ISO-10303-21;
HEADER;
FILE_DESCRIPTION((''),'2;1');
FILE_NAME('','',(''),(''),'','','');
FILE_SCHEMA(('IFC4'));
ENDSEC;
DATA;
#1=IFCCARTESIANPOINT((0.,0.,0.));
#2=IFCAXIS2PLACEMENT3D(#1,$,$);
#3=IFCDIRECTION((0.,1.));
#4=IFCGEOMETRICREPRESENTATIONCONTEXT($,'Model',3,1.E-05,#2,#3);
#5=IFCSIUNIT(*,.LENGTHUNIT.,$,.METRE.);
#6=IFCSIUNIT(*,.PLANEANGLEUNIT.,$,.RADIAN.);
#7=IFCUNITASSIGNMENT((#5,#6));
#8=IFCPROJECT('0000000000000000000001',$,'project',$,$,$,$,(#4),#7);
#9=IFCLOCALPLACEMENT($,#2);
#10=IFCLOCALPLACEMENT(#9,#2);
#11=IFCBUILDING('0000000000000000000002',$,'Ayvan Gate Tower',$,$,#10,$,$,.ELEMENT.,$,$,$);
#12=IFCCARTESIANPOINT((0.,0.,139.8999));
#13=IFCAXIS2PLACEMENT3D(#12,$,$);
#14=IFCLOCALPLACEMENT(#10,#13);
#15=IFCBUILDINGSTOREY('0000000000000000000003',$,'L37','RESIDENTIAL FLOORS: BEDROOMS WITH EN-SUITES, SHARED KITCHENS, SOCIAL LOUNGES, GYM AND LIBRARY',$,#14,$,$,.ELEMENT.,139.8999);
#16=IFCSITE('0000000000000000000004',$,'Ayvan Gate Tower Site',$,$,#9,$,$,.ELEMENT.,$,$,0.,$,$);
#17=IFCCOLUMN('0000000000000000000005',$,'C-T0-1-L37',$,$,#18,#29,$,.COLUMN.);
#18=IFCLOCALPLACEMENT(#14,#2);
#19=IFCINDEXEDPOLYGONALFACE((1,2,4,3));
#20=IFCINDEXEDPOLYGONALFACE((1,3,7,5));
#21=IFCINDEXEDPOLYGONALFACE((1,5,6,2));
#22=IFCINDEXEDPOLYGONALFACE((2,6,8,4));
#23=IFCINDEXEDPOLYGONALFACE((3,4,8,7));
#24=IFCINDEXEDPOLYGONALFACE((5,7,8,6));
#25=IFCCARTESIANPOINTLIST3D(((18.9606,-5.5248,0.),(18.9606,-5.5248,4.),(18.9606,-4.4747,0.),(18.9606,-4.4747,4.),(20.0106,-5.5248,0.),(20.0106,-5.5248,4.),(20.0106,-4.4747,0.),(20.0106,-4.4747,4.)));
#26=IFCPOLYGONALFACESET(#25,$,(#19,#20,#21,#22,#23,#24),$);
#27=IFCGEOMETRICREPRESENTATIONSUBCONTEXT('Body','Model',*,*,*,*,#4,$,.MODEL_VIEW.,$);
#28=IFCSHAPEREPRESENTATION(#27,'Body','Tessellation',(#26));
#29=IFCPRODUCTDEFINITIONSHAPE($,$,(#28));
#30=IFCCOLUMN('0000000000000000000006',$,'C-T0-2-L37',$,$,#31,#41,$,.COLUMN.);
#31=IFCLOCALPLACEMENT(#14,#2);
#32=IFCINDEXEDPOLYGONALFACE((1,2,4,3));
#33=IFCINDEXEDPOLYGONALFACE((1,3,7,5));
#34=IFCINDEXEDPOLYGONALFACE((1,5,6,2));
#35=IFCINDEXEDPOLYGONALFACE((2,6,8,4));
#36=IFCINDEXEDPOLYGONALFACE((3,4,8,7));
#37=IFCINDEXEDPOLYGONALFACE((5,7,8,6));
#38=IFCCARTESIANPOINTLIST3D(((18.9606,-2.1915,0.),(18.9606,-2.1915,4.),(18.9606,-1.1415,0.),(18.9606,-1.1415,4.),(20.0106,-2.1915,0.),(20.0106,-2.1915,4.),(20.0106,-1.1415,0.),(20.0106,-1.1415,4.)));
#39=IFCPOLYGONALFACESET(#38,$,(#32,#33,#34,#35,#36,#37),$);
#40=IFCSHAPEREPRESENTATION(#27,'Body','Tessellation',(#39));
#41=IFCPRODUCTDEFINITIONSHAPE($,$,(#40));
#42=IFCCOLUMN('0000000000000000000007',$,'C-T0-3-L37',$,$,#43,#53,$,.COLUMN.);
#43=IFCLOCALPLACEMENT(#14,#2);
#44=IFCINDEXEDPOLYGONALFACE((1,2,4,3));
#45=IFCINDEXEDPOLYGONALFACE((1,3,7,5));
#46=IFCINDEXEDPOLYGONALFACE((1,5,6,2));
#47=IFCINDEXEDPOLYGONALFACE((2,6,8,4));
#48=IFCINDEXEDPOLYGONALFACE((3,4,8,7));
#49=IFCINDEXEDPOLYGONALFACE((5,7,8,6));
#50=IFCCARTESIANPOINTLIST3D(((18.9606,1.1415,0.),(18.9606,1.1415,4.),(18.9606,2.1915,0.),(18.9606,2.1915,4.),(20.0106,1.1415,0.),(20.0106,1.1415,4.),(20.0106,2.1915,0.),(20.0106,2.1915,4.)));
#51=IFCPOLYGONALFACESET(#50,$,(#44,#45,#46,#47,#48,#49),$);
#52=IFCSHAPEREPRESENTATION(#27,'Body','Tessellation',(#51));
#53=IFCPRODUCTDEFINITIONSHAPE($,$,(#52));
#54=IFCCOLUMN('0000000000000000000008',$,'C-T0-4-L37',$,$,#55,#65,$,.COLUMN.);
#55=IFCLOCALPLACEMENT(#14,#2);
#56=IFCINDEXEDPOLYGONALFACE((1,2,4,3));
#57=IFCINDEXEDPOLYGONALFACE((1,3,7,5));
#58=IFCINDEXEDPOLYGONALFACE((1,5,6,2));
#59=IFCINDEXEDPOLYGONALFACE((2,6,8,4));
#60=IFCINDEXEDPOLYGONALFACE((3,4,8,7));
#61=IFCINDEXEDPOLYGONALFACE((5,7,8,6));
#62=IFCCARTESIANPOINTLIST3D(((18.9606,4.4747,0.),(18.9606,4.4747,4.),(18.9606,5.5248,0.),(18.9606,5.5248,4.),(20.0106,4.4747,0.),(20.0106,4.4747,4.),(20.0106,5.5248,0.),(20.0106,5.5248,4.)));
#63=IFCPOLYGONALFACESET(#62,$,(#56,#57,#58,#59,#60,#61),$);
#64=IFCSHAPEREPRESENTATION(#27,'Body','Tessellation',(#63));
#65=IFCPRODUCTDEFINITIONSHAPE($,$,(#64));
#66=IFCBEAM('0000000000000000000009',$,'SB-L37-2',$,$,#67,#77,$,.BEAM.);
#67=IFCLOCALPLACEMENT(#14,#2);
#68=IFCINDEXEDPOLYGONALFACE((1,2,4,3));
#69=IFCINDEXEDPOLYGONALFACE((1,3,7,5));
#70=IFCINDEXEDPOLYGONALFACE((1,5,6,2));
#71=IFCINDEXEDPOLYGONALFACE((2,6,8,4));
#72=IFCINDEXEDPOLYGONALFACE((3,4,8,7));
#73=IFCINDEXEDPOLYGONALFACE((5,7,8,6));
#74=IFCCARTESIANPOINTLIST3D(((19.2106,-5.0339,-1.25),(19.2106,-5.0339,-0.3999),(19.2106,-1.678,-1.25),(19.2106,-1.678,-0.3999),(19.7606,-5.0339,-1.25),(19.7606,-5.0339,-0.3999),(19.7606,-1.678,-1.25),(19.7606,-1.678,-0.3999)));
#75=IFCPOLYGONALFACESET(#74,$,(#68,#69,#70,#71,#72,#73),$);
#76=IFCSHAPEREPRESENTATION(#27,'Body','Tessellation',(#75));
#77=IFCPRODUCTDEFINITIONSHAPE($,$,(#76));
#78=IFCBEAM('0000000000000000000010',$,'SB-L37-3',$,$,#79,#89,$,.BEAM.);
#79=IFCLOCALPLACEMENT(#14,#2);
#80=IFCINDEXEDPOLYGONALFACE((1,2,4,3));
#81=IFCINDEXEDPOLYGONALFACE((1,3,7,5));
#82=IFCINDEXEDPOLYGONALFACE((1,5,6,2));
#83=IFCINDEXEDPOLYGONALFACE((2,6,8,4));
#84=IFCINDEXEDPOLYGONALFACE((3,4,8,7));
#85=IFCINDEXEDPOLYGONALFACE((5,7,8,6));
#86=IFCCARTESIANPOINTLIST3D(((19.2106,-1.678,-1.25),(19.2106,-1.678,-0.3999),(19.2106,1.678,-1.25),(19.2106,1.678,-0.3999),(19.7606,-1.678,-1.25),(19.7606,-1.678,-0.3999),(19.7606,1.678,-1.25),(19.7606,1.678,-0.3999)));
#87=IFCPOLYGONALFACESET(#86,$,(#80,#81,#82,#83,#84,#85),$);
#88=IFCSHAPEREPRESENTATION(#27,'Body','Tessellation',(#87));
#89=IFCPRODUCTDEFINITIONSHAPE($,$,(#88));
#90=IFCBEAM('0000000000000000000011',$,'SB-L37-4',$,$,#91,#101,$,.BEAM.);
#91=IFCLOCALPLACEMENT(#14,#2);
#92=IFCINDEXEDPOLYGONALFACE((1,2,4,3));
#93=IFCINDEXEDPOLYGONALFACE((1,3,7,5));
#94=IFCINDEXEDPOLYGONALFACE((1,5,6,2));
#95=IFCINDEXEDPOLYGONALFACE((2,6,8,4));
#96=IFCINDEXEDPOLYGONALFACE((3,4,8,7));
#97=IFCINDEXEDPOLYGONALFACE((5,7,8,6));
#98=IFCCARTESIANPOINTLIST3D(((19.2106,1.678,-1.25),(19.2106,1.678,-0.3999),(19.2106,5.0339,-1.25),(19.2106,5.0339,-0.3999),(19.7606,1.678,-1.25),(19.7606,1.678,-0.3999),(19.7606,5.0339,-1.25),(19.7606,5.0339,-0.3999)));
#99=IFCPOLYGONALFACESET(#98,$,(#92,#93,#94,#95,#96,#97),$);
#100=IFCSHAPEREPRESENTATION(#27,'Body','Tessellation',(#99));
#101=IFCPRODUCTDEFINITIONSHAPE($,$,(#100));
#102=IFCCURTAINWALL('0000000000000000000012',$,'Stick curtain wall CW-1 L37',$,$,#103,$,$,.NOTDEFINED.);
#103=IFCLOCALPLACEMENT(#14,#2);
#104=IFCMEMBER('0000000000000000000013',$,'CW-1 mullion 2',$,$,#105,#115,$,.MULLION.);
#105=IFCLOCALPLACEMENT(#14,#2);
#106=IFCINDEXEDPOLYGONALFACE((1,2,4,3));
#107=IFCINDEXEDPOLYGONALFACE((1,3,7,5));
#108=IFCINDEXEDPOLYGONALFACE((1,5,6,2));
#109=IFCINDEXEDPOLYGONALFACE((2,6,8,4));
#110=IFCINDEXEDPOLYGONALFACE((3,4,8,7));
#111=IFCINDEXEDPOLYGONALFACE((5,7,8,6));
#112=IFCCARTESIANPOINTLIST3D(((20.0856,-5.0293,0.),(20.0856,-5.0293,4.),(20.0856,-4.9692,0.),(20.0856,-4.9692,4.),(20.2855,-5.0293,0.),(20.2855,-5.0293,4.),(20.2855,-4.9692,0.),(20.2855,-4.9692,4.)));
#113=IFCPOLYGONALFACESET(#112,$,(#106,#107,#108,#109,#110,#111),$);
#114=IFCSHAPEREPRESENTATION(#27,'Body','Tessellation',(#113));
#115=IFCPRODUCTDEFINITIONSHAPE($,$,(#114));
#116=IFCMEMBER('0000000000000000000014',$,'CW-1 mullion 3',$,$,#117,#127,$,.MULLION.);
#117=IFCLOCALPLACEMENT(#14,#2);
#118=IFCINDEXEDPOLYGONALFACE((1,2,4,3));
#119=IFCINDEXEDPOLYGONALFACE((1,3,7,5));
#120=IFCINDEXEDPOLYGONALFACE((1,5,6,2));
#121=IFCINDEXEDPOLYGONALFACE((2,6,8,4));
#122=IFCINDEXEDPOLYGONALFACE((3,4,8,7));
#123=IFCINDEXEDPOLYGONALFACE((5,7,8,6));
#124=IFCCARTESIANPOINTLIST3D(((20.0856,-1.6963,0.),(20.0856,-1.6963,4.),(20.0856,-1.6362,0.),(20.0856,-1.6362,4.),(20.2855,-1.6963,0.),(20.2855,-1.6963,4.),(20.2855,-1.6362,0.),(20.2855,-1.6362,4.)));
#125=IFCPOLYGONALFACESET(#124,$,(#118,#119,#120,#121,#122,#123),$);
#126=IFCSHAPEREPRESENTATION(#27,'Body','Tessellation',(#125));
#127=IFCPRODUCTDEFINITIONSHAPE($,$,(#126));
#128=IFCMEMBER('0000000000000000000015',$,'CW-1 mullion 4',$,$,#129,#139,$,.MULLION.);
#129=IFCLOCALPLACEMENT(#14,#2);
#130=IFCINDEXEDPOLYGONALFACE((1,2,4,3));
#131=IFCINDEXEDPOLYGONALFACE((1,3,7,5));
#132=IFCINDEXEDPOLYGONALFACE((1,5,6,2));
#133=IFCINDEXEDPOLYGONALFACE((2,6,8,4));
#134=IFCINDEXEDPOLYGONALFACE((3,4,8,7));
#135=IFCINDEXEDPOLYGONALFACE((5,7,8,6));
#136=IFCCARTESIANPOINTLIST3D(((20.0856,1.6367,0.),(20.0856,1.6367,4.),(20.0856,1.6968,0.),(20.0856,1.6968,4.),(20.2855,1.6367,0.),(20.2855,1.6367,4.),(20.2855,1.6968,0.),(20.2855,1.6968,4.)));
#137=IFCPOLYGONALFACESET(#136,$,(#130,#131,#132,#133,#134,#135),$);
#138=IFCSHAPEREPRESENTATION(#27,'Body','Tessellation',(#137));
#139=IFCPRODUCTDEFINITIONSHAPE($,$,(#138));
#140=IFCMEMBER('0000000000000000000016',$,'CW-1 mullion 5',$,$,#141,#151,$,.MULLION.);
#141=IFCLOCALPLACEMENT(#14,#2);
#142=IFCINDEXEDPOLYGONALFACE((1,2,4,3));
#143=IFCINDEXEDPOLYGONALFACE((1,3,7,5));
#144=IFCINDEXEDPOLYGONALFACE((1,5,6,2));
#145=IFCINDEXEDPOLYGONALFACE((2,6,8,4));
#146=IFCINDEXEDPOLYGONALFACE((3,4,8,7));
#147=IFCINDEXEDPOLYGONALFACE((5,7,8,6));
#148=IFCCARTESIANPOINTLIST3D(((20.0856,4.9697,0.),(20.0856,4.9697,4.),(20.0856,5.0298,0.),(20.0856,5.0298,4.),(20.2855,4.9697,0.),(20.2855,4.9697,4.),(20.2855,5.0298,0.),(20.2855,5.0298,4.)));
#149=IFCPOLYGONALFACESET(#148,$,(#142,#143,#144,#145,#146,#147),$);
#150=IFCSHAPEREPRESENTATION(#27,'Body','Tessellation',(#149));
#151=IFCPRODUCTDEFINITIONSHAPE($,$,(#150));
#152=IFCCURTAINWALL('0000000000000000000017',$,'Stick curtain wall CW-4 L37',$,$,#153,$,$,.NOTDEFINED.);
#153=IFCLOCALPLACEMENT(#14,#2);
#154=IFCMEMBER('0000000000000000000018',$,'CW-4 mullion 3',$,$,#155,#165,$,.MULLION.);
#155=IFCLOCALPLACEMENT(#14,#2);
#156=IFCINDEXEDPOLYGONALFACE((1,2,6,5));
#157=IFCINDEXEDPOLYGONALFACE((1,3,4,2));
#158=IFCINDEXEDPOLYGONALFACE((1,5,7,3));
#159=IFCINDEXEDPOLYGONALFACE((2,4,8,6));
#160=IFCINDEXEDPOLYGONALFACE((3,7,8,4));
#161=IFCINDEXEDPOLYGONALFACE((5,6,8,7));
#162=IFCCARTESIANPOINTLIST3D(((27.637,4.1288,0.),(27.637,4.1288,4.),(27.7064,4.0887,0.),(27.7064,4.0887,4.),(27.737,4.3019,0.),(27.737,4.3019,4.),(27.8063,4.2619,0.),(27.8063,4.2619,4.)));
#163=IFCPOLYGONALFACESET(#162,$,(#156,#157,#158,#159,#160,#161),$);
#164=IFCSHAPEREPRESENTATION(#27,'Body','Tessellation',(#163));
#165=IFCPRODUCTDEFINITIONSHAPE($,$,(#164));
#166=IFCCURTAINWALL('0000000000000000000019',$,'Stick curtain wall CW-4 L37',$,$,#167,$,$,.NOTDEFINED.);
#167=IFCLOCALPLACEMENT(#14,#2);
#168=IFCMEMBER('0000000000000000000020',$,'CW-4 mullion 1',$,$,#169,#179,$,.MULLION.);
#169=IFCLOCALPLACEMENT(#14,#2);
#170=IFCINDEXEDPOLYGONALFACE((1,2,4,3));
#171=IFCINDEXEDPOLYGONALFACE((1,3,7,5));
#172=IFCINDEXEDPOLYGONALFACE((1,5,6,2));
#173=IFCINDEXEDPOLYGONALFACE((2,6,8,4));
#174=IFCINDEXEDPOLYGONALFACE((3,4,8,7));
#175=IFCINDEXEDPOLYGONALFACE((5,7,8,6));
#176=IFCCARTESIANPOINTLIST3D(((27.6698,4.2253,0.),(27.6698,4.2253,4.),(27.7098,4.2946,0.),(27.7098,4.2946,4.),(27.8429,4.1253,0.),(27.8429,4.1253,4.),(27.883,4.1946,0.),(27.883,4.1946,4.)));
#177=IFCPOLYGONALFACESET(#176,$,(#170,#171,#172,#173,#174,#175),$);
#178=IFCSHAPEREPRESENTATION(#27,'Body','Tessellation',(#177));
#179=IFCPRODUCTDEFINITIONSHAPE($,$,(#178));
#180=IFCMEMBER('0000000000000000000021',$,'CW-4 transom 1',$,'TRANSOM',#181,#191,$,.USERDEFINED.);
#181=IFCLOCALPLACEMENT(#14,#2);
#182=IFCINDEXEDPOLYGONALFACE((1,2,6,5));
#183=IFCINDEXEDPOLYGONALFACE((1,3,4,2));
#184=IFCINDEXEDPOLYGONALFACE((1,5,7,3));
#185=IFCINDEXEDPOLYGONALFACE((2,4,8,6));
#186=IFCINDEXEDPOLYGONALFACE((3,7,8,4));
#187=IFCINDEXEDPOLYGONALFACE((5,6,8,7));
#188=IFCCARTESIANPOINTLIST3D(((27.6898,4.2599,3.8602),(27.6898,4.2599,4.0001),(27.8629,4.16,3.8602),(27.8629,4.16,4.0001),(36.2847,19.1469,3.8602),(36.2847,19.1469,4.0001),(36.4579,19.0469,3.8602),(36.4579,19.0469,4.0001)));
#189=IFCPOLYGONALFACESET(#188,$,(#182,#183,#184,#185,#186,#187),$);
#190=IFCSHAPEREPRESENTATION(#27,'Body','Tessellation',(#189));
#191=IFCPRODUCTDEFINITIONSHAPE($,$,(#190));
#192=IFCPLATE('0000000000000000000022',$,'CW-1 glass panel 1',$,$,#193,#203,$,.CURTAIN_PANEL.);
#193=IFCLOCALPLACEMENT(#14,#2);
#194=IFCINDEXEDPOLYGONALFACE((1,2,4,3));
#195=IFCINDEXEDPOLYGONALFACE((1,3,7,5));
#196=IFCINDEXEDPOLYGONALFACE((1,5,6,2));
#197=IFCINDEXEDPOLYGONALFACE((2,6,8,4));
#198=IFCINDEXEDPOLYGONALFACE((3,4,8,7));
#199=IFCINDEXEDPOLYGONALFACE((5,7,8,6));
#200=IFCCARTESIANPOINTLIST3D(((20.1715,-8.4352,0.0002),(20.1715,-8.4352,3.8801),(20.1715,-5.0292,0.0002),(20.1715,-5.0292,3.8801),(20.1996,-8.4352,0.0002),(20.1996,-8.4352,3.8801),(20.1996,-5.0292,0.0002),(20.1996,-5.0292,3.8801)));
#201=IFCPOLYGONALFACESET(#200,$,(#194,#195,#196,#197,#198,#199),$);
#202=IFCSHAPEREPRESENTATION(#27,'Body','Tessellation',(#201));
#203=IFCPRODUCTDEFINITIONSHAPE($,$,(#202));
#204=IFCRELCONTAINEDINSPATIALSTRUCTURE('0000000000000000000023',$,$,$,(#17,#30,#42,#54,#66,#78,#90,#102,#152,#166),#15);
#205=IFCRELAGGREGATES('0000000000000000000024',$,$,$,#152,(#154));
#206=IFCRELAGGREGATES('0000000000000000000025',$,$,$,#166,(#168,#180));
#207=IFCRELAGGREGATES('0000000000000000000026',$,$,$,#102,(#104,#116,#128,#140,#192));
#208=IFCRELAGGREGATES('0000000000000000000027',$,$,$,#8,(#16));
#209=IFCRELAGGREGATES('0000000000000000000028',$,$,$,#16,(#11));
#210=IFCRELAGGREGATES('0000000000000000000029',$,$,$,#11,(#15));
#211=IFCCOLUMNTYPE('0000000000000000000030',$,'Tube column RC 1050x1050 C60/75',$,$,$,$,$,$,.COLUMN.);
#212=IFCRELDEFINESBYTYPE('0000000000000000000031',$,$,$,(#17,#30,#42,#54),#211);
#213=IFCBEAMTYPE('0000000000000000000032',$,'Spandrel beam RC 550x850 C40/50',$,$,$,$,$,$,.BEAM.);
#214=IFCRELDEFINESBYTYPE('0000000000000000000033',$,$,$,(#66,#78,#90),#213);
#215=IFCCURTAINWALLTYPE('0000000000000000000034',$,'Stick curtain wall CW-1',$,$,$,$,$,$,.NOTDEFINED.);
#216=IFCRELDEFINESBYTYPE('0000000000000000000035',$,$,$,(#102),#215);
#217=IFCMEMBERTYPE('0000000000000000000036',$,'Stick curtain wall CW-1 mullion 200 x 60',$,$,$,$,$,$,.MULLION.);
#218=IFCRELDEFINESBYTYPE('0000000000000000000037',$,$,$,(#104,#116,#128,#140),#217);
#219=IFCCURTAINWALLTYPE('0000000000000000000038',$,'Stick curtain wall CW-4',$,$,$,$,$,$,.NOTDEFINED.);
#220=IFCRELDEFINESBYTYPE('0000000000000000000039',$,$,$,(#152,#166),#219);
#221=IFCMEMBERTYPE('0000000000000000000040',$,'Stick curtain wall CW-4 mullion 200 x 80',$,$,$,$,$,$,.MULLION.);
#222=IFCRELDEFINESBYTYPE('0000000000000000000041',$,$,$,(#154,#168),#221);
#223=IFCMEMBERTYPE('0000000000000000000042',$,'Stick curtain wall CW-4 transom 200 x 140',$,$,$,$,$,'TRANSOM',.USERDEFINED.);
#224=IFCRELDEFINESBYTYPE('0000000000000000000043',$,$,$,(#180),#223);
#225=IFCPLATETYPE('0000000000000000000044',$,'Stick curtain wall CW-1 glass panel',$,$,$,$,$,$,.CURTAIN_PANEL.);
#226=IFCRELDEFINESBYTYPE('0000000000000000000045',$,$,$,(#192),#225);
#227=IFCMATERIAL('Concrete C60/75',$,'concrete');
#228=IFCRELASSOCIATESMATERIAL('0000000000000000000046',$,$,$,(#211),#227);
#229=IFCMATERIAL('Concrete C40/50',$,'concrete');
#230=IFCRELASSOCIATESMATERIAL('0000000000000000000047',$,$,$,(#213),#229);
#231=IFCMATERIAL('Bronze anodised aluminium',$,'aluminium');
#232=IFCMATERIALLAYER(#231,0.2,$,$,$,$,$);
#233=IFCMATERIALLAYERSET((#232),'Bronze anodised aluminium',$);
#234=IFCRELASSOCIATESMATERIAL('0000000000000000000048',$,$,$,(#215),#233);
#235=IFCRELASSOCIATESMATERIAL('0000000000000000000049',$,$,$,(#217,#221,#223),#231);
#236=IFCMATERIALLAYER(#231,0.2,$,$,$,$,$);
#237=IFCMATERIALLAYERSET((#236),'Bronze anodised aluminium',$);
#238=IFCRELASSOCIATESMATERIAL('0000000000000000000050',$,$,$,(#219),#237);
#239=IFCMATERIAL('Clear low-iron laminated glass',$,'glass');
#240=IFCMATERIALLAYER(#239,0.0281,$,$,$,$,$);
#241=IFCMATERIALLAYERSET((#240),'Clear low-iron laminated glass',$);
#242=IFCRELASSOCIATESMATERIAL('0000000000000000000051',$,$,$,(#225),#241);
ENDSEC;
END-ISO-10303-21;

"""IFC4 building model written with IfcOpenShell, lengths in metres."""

from ifc_helpers import new_model, si_unit, direction, frame, origin, origin_2d, place, context, subcontext, project, spatial, rectangle, extrude, material, layer, layer_set, material_profile, profile_set, type_object, element, aggregate, save


model = new_model("IFC4")

# Units and contexts
model_context = context("Model", 3, precision=1e-05, world=origin(), true_north=direction((0.0, 1.0)))
body_context = subcontext(model_context, "Body", "Model", "MODEL_VIEW")
ifc_project = project(units=[si_unit("LENGTHUNIT", "METRE"), si_unit("PLANEANGLEUNIT", "RADIAN")], contexts=[model_context])

# Site, building, storey
site_placement = place(None, origin())
site = spatial("IfcSite", under=ifc_project, at=site_placement, Name="Ayvan Gate Tower Site", CompositionType="ELEMENT", RefElevation=0.0)
building_placement = place(site_placement, origin())
building = spatial("IfcBuilding", under=site, at=building_placement, Name="Ayvan Gate Tower", CompositionType="ELEMENT")
storey_placement = place(building_placement, frame((0.0, 0.0, 139.8999)))
storey = spatial("IfcBuildingStorey", under=building, at=storey_placement, Name="L37", Description="RESIDENTIAL FLOORS: BEDROOMS WITH EN-SUITES, SHARED KITCHENS, SOCIAL LOUNGES, GYM AND LIBRARY", CompositionType="ELEMENT", Elevation=139.8999)

# Columns
ifc_material_1 = material(Name="Concrete C60/75", Category="concrete")
ifc_material_profile_1 = material_profile(ifc_material_1, rectangle(XDim=1.05, YDim=1.05, at=origin_2d()), Name="RC 1050x1050")
ifc_profile_set_1 = profile_set([ifc_material_profile_1], Name="Concrete C60/75")
column_type = type_object("IfcColumnType", Name="Tube column RC 1050x1050 C60/75", PredefinedType="COLUMN", material=ifc_profile_set_1)
for number, where, z_axis, x_axis, name in (
    (1, (19.4856, -4.9998, 0.0), (0.0, 0.0, 1.0), (1.0, 0.0, 0.0), "C-T0-1-L37"),
    (2, (19.4856, -1.6665, 0.0), (0.0, 0.0, 1.0), (1.0, 0.0, 0.0), "C-T0-2-L37"),
    (3, (19.4856, 1.6665, 0.0), (0.0, 0.0, 1.0), (1.0, 0.0, 0.0), "C-T0-3-L37"),
    (4, (19.4856, 4.9998, 0.0), (0.0, 0.0, 1.0), (1.0, 0.0, 0.0), "C-T0-4-L37"),
):
    element("IfcColumn", number, at=place(storey_placement, frame(where, z_axis=z_axis, x_axis=x_axis)), inside=storey, type_object=column_type, Name=name, PredefinedType="COLUMN", context=body_context, shape_type="SweptSolid", body=[
        extrude(rectangle(XDim=1.05, YDim=1.05, at=origin_2d()), origin(), (0.0, 0.0, 1.0), 4.0),
    ])

# Beams
ifc_material_2 = material(Name="Concrete C40/50", Category="concrete")
ifc_material_profile_2 = material_profile(ifc_material_2, rectangle(XDim=0.55, YDim=0.8501, at=origin_2d()), Name="RC 550x850")
ifc_profile_set_2 = profile_set([ifc_material_profile_2], Name="Concrete C40/50")
beam_type = type_object("IfcBeamType", Name="Spandrel beam RC 550x850 C40/50", PredefinedType="BEAM", material=ifc_profile_set_2)
for number, where, z_axis, x_axis, name in (
    (5, (19.4856, -5.0339, -0.825), (0.0, 1.0, 0.0), (-1.0, 0.0, 0.0), "SB-L37-2"),
    (6, (19.4856, -1.678, -0.825), (0.0, 1.0, 0.0), (-1.0, 0.0, 0.0), "SB-L37-3"),
    (7, (19.4856, 1.678, -0.825), (0.0, 1.0, 0.0), (-1.0, 0.0, 0.0), "SB-L37-4"),
):
    element("IfcBeam", number, at=place(storey_placement, frame(where, z_axis=z_axis, x_axis=x_axis)), inside=storey, type_object=beam_type, Name=name, PredefinedType="BEAM", context=body_context, shape_type="SweptSolid", body=[
        extrude(rectangle(XDim=0.55, YDim=0.8501, at=origin_2d()), origin(), (0.0, 0.0, 1.0), 3.356),
    ])

# Curtain wall, members
ifc_material_3 = material(Name="Bronze anodised aluminium", Category="aluminium")
ifc_layer_1 = layer(ifc_material_3, 0.2)
ifc_layer_set_1 = layer_set([ifc_layer_1], Name="Bronze anodised aluminium")
curtain_wall_type_1 = type_object("IfcCurtainWallType", Name="Stick curtain wall CW-1", PredefinedType="NOTDEFINED", material=ifc_layer_set_1)
curtain_wall_1_placement = place(storey_placement, origin())
curtain_wall_1 = element("IfcCurtainWall", 8, at=curtain_wall_1_placement, inside=storey, type_object=curtain_wall_type_1, Name="Stick curtain wall CW-1 L37", PredefinedType="NOTDEFINED")
ifc_material_profile_3 = material_profile(ifc_material_3, rectangle(XDim=0.2, YDim=0.0601, at=origin_2d()), Name="Stick curtain wall CW-1 mullion 200 x 60")
ifc_profile_set_3 = profile_set([ifc_material_profile_3], Name="Bronze anodised aluminium")
member_type_1 = type_object("IfcMemberType", Name="Stick curtain wall CW-1 mullion 200 x 60", PredefinedType="MULLION", material=ifc_profile_set_3)
member_1_placement = place(storey_placement, frame((20.1855, -4.9993, 0.0), z_axis=(0.0, 0.0, 1.0), x_axis=(1.0, 0.0, 0.0)))
member_1 = element("IfcMember", 9, at=member_1_placement, type_object=member_type_1, Name="CW-1 mullion 2", PredefinedType="MULLION", context=body_context, shape_type="SweptSolid", body=[
    extrude(rectangle(XDim=0.2, YDim=0.0601, at=origin_2d()), origin(), (0.0, 0.0, 1.0), 4.0),
])
member_2_placement = place(storey_placement, frame((20.1855, -1.6663, 0.0), z_axis=(0.0, 0.0, 1.0), x_axis=(1.0, 0.0, 0.0)))
member_2 = element("IfcMember", 10, at=member_2_placement, type_object=member_type_1, Name="CW-1 mullion 3", PredefinedType="MULLION", context=body_context, shape_type="SweptSolid", body=[
    extrude(rectangle(XDim=0.2, YDim=0.0601, at=origin_2d()), origin(), (0.0, 0.0, 1.0), 4.0),
])
member_3_placement = place(storey_placement, frame((20.1855, 1.6667, 0.0), z_axis=(0.0, 0.0, 1.0), x_axis=(1.0, 0.0, 0.0)))
member_3 = element("IfcMember", 11, at=member_3_placement, type_object=member_type_1, Name="CW-1 mullion 4", PredefinedType="MULLION", context=body_context, shape_type="SweptSolid", body=[
    extrude(rectangle(XDim=0.2, YDim=0.0601, at=origin_2d()), origin(), (0.0, 0.0, 1.0), 4.0),
])
member_4_placement = place(storey_placement, frame((20.1855, 4.9998, 0.0), z_axis=(0.0, 0.0, 1.0), x_axis=(1.0, 0.0, 0.0)))
member_4 = element("IfcMember", 12, at=member_4_placement, type_object=member_type_1, Name="CW-1 mullion 5", PredefinedType="MULLION", context=body_context, shape_type="SweptSolid", body=[
    extrude(rectangle(XDim=0.2, YDim=0.0601, at=origin_2d()), origin(), (0.0, 0.0, 1.0), 4.0),
])

# Curtain wall, member
ifc_layer_2 = layer(ifc_material_3, 0.2)
ifc_layer_set_2 = layer_set([ifc_layer_2], Name="Bronze anodised aluminium")
curtain_wall_type_2 = type_object("IfcCurtainWallType", Name="Stick curtain wall CW-4", PredefinedType="NOTDEFINED", material=ifc_layer_set_2)
curtain_wall_2_placement = place(storey_placement, origin())
curtain_wall_2 = element("IfcCurtainWall", 13, at=curtain_wall_2_placement, inside=storey, type_object=curtain_wall_type_2, Name="Stick curtain wall CW-4 L37", PredefinedType="NOTDEFINED")
ifc_material_profile_4 = material_profile(ifc_material_3, rectangle(XDim=0.2, YDim=0.0801, at=origin_2d()), Name="Stick curtain wall CW-4 mullion 200 x 80")
ifc_profile_set_4 = profile_set([ifc_material_profile_4], Name="Bronze anodised aluminium")
member_type_2 = type_object("IfcMemberType", Name="Stick curtain wall CW-4 mullion 200 x 80", PredefinedType="MULLION", material=ifc_profile_set_4)
member_5_placement = place(storey_placement, frame((27.7217, 4.1953, 0.0), z_axis=(0.0, 0.0, 1.0), x_axis=(-0.5, -0.866025, 0.0)))
member_5 = element("IfcMember", 14, at=member_5_placement, type_object=member_type_2, Name="CW-4 mullion 3", PredefinedType="MULLION", context=body_context, shape_type="SweptSolid", body=[
    extrude(rectangle(XDim=0.2, YDim=0.0801, at=origin_2d()), origin(), (0.0, 0.0, 1.0), 4.0),
])
aggregate(curtain_wall_2, [member_5])

# Curtain wall, members
curtain_wall_3_placement = place(storey_placement, origin())
curtain_wall_3 = element("IfcCurtainWall", 15, at=curtain_wall_3_placement, inside=storey, type_object=curtain_wall_type_2, Name="Stick curtain wall CW-4 L37", PredefinedType="NOTDEFINED")
member_6_placement = place(storey_placement, frame((27.7764, 4.21, 0.0), z_axis=(0.0, 0.0, 1.0), x_axis=(0.866025, -0.5, 0.0)))
member_6 = element("IfcMember", 16, at=member_6_placement, type_object=member_type_2, Name="CW-4 mullion 1", PredefinedType="MULLION", context=body_context, shape_type="SweptSolid", body=[
    extrude(rectangle(XDim=0.2, YDim=0.0801, at=origin_2d()), origin(), (0.0, 0.0, 1.0), 4.0),
])
ifc_material_profile_5 = material_profile(ifc_material_3, rectangle(XDim=0.2, YDim=0.1399, at=origin_2d()), Name="Stick curtain wall CW-4 transom 200 x 140")
ifc_profile_set_5 = profile_set([ifc_material_profile_5], Name="Bronze anodised aluminium")
member_type_3 = type_object("IfcMemberType", Name="Stick curtain wall CW-4 transom 200 x 140", ElementType="TRANSOM", PredefinedType="USERDEFINED", material=ifc_profile_set_5)
member_7_placement = place(storey_placement, frame((27.7764, 4.21, 3.9302), z_axis=(0.499999, 0.866026, 0.0), x_axis=(-0.866026, 0.499999, 0.0)))
member_7 = element("IfcMember", 17, at=member_7_placement, type_object=member_type_3, Name="CW-4 transom 1", ObjectType="TRANSOM", PredefinedType="USERDEFINED", context=body_context, shape_type="SweptSolid", body=[
    extrude(rectangle(XDim=0.2, YDim=0.1399, at=origin_2d()), origin(), (0.0, 0.0, 1.0), 17.1899),
])
aggregate(curtain_wall_3, [member_6, member_7])

# Plate
ifc_material_4 = material(Name="Clear low-iron laminated glass", Category="glass")
ifc_layer_3 = layer(ifc_material_4, 0.0281)
ifc_layer_set_3 = layer_set([ifc_layer_3], Name="Clear low-iron laminated glass")
plate_type = type_object("IfcPlateType", Name="Stick curtain wall CW-1 glass panel", PredefinedType="CURTAIN_PANEL", material=ifc_layer_set_3)
plate_1_placement = place(storey_placement, frame((20.1855, -6.7322, 0.0002), z_axis=(0.0, 0.0, 1.0), x_axis=(0.0, 1.0, 0.0)))
plate_1 = element("IfcPlate", 18, at=plate_1_placement, type_object=plate_type, Name="CW-1 glass panel 1", PredefinedType="CURTAIN_PANEL", context=body_context, shape_type="SweptSolid", body=[
    extrude(rectangle(XDim=3.406, YDim=0.0281, at=origin_2d()), origin(), (0.0, 0.0, 1.0), 3.8799),
])
aggregate(curtain_wall_1, [member_1, member_2, member_3, member_4, plate_1])

save(model, "model.ifc")
